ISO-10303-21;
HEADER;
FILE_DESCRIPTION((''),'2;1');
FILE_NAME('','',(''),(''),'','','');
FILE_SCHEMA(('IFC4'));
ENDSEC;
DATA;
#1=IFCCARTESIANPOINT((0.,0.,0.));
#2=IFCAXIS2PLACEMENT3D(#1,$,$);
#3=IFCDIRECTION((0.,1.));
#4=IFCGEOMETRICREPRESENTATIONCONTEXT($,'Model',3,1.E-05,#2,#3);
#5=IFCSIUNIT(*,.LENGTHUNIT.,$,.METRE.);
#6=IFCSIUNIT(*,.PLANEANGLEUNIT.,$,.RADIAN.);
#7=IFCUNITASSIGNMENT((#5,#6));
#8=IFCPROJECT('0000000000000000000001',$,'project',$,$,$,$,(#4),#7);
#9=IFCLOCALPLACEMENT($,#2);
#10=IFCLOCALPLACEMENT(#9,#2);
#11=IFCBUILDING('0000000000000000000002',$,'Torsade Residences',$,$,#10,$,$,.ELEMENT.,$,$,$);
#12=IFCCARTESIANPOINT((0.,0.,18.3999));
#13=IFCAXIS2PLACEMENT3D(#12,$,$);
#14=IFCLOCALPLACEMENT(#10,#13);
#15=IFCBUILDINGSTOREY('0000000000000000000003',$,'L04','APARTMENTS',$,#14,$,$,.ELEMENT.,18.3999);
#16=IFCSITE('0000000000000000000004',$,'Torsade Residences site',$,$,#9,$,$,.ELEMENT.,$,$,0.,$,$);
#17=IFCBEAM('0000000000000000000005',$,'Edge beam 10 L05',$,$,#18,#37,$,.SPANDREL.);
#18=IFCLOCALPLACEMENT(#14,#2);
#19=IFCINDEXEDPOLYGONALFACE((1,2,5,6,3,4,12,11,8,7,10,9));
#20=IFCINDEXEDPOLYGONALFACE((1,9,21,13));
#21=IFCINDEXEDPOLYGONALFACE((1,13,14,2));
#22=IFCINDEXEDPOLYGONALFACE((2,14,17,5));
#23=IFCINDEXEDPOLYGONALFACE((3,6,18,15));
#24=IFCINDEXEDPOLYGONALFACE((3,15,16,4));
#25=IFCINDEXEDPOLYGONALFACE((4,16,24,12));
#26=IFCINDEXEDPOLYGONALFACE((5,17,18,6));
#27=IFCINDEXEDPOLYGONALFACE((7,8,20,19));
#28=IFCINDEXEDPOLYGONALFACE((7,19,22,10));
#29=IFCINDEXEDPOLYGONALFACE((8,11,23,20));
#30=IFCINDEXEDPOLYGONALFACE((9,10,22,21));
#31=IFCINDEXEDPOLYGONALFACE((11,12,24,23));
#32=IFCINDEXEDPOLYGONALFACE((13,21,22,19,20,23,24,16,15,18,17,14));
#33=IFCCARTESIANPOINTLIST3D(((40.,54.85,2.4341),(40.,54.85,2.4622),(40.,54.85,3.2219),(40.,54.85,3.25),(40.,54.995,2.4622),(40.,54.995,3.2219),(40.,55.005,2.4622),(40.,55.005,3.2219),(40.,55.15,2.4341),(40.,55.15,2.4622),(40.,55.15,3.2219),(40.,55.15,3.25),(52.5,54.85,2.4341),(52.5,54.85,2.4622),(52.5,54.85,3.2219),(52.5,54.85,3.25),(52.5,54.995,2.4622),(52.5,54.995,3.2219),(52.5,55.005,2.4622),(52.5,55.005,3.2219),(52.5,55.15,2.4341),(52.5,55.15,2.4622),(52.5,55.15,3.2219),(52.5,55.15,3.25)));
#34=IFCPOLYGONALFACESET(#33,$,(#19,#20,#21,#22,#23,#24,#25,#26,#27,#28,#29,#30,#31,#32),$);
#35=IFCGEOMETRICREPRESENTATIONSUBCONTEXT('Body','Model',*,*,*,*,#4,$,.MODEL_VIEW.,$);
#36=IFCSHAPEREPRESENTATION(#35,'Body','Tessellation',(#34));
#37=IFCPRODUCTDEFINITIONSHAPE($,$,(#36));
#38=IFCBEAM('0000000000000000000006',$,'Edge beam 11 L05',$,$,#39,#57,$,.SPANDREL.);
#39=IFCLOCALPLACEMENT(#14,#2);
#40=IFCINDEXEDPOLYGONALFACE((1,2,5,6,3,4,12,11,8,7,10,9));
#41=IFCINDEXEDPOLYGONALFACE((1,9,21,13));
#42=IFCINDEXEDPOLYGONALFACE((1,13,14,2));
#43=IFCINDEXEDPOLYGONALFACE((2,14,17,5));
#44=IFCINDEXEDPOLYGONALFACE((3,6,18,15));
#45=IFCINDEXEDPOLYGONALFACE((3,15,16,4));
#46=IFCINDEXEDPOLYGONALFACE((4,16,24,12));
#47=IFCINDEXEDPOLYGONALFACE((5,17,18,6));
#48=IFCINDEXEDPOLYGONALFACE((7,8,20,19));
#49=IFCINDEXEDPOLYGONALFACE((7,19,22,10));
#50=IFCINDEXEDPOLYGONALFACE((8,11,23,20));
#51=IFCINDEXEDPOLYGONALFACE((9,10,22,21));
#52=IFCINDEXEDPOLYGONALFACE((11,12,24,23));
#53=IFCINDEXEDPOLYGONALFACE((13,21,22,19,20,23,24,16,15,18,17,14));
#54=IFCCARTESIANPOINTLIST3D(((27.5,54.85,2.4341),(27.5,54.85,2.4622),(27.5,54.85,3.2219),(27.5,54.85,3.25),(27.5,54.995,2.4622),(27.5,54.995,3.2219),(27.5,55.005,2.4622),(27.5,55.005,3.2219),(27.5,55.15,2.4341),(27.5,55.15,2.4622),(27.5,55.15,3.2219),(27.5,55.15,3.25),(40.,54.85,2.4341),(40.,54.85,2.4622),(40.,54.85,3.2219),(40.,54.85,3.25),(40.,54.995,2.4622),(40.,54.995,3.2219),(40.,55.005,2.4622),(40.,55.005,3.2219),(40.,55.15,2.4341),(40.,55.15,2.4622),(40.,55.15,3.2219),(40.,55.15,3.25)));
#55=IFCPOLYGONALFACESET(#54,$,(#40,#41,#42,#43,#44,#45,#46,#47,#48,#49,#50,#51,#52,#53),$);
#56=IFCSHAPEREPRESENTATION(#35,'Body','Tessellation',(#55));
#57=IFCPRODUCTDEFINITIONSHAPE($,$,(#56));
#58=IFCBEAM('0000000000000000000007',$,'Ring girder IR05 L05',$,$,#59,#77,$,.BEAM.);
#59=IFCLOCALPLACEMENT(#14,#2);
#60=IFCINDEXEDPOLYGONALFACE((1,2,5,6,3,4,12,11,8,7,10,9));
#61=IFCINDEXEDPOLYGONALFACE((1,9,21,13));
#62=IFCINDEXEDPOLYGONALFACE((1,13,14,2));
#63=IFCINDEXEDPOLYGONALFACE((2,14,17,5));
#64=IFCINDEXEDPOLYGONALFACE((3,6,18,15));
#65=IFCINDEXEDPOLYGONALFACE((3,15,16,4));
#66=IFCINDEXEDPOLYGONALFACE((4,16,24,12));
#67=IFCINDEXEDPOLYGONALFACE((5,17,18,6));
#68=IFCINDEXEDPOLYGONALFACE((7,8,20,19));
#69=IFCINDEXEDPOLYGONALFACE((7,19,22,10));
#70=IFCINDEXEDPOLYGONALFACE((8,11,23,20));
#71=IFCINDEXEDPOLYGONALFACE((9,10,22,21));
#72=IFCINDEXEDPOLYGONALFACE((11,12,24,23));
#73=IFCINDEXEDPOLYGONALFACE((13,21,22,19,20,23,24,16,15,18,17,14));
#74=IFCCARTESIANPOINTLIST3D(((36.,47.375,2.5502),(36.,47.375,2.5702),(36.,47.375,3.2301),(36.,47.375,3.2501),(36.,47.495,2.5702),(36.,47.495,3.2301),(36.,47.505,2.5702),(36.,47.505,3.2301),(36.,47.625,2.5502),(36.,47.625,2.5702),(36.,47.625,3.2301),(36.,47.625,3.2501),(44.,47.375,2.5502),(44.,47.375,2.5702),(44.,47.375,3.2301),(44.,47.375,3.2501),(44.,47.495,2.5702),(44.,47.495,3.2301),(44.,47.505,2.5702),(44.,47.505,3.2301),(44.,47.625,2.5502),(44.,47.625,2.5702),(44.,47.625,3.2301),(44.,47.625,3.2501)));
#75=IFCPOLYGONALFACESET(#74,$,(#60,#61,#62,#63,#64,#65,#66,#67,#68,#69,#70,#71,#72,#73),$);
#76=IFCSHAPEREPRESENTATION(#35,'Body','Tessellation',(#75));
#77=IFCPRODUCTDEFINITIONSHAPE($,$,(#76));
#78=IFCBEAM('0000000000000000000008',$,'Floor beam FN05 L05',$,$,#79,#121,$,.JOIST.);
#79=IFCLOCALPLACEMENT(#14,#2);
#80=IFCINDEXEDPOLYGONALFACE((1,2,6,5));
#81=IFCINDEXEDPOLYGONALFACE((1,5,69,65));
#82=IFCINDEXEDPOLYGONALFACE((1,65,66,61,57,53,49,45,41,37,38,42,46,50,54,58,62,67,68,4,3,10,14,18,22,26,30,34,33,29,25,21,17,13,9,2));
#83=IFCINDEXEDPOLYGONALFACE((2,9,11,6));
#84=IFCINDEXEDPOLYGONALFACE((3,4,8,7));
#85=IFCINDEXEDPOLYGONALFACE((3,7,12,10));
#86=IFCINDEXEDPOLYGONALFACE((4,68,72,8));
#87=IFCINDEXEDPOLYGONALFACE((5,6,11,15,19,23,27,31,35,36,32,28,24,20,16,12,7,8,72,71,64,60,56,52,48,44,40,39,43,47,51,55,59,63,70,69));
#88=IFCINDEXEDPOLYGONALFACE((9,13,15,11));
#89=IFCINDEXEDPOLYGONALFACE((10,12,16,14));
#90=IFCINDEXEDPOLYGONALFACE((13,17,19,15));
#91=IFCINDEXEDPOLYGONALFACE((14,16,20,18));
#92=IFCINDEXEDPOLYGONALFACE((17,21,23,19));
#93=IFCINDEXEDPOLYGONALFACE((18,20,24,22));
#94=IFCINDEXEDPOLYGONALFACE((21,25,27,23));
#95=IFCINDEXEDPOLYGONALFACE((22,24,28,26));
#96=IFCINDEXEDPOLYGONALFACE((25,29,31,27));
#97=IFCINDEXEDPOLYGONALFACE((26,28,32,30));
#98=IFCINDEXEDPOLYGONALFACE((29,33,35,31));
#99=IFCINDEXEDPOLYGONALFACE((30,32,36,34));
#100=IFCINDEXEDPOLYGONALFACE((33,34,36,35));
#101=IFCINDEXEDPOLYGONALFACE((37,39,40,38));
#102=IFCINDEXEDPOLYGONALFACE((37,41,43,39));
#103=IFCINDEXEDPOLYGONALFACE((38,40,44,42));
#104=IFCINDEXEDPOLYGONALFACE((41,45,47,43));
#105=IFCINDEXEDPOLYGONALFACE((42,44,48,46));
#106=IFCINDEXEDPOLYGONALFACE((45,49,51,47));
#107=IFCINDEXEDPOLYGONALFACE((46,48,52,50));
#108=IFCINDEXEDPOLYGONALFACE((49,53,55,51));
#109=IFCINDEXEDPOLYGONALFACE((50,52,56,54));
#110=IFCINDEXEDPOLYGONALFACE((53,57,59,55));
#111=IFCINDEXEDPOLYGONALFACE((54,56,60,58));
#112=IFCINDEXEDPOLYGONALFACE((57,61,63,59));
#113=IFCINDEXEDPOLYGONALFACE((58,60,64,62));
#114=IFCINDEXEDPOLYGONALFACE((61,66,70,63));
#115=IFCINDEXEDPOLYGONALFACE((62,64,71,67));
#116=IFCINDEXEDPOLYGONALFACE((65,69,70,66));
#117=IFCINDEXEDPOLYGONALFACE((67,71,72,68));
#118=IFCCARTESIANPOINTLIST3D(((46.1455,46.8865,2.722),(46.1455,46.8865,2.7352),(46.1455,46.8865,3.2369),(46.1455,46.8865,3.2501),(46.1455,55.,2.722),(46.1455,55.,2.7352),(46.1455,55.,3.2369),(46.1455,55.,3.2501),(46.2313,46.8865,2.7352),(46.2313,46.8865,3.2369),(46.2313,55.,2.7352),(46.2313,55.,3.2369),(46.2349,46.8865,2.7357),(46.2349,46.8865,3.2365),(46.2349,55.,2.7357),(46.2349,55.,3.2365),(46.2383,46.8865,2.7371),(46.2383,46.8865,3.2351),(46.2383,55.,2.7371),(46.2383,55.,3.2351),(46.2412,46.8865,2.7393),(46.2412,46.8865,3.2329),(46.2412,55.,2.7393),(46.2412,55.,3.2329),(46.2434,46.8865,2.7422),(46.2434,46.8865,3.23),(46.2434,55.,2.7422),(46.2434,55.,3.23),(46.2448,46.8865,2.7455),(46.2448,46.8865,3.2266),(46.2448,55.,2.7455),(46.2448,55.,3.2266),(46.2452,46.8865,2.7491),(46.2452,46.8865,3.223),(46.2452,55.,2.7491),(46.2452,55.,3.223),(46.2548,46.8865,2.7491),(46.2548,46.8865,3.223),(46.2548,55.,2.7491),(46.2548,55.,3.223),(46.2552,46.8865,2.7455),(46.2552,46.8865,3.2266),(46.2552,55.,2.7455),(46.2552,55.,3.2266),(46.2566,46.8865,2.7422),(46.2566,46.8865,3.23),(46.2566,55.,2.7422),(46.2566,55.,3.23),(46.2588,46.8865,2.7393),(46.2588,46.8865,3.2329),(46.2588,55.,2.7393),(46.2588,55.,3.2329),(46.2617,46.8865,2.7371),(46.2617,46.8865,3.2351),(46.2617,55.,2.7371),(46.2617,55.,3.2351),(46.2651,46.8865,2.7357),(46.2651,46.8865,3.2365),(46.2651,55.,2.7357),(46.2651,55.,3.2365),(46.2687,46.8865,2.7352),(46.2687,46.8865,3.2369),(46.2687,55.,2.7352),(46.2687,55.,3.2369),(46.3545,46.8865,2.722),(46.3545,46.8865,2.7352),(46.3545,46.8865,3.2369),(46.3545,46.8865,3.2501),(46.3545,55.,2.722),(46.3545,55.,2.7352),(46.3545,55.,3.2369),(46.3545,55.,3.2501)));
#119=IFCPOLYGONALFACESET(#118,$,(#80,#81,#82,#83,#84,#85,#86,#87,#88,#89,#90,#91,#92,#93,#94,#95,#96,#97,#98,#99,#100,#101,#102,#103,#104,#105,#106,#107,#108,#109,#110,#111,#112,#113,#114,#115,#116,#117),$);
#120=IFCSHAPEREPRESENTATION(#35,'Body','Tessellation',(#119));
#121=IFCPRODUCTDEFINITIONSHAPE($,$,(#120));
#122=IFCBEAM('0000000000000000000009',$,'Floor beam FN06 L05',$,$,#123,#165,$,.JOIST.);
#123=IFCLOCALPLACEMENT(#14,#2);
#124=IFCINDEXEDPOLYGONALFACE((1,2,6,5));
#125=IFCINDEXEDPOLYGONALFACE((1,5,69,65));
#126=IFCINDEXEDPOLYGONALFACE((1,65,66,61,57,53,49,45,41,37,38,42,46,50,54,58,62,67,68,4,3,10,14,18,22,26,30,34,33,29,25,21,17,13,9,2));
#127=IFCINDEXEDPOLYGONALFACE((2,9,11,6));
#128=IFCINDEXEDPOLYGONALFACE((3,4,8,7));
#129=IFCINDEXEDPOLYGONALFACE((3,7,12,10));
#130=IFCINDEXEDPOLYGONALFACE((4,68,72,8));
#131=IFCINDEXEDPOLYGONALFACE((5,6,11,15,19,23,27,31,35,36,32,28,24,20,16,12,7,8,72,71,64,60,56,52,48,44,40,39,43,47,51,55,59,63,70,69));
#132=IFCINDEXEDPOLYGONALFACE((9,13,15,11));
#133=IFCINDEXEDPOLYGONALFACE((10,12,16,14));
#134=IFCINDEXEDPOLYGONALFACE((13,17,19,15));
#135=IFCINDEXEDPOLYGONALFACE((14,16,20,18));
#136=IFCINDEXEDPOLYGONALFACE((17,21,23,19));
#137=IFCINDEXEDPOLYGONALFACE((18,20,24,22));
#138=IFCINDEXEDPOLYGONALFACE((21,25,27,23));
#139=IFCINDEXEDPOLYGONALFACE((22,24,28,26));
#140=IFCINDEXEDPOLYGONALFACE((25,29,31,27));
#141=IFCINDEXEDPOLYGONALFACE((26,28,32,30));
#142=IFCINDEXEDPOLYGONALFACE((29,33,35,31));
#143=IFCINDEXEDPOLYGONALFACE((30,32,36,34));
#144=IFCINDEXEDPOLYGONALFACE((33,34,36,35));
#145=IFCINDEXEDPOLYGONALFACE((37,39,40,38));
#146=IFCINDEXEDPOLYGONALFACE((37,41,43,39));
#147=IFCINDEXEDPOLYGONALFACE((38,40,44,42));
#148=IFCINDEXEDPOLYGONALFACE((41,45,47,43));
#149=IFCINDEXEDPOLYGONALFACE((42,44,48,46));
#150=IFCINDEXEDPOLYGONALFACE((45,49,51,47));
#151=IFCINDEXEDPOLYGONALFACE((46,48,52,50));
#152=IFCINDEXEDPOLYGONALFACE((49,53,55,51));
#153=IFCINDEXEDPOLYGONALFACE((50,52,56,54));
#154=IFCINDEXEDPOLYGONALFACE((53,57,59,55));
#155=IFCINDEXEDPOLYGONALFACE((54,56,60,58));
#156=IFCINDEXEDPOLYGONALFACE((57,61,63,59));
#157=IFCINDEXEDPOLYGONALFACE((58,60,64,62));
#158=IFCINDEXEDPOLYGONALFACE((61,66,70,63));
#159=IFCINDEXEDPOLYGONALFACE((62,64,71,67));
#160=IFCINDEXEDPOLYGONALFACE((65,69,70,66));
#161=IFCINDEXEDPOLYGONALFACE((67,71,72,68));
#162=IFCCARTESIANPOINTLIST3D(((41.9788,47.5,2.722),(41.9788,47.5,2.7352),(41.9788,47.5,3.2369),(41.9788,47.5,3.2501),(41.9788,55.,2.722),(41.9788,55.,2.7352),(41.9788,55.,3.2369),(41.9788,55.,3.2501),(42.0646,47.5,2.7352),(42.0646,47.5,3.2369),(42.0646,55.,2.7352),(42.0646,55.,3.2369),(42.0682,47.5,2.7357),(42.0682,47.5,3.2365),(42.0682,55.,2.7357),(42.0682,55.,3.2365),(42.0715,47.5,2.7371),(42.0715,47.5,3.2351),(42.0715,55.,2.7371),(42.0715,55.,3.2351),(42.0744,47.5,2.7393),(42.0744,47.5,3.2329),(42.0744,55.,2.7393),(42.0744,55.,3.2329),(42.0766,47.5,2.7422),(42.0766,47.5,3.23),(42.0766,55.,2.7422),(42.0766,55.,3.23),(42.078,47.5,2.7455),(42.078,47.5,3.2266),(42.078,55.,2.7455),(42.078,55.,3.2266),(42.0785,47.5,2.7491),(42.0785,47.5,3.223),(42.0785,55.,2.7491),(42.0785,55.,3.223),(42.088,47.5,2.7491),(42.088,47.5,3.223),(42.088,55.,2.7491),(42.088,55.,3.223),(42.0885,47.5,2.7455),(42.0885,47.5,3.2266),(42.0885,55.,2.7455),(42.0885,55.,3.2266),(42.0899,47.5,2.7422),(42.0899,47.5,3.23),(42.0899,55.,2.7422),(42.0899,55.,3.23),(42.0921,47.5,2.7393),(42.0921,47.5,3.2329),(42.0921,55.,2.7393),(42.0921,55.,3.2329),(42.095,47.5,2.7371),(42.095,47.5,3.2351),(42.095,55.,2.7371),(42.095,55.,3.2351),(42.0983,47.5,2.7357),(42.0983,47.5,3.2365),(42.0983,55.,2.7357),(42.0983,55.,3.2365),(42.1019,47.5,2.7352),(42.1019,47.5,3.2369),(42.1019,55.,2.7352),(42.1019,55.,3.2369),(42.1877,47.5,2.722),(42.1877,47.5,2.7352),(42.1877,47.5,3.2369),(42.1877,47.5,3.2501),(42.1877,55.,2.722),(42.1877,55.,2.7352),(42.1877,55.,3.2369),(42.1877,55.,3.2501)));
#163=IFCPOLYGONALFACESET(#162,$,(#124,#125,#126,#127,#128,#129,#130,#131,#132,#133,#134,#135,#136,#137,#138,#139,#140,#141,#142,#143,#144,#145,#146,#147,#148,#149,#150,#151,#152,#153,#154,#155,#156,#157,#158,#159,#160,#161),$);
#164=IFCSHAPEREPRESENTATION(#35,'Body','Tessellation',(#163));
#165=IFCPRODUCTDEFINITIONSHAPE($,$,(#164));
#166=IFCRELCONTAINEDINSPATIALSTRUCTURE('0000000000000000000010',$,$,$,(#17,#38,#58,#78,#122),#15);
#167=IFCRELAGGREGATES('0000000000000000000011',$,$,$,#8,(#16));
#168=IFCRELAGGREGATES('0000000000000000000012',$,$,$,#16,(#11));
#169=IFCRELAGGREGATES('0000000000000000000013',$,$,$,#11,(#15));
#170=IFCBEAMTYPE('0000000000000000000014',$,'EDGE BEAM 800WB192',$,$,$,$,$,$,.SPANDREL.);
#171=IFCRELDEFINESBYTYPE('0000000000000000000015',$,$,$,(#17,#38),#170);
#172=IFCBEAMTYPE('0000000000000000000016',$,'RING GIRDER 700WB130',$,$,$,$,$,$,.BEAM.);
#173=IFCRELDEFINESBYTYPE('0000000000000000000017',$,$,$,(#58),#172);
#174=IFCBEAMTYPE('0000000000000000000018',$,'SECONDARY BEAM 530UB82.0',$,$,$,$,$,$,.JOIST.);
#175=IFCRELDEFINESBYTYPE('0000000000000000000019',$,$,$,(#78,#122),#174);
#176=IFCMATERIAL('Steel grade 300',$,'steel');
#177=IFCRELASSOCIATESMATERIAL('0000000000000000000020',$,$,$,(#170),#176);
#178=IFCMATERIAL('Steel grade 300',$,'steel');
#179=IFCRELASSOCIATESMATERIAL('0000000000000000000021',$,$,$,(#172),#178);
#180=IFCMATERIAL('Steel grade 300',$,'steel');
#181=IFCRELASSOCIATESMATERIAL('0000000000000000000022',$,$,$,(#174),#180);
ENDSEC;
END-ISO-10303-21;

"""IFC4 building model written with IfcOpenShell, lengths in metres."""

from ifc_helpers import new_model, si_unit, direction, frame, origin, origin_2d, place, context, subcontext, project, spatial, i_section, extrude, material, material_profile, profile_set, type_object, element, save


model = new_model("IFC4")

# Units and contexts
model_context = context("Model", 3, precision=1e-05, world=origin(), true_north=direction((0.0, 1.0)))
body_context = subcontext(model_context, "Body", "Model", "MODEL_VIEW")
ifc_project = project(units=[si_unit("LENGTHUNIT", "METRE"), si_unit("PLANEANGLEUNIT", "RADIAN")], contexts=[model_context])

# Site, building, storey
site_placement = place(None, origin())
site = spatial("IfcSite", under=ifc_project, at=site_placement, Name="Torsade Residences site", CompositionType="ELEMENT", RefElevation=0.0)
building_placement = place(site_placement, origin())
building = spatial("IfcBuilding", under=site, at=building_placement, Name="Torsade Residences", CompositionType="ELEMENT")
storey_placement = place(building_placement, frame((0.0, 0.0, 18.3999)))
storey = spatial("IfcBuildingStorey", under=building, at=storey_placement, Name="L04", Description="APARTMENTS", CompositionType="ELEMENT", Elevation=18.3999)

# Beams
ifc_material_1 = material(Name="Steel grade 300", Category="steel")
ifc_material_profile_1 = material_profile(ifc_material_1, i_section(OverallWidth=0.3, OverallDepth=0.8159, WebThickness=0.01, FlangeThickness=0.0281, at=origin_2d()), Name="800WB192")
ifc_profile_set_1 = profile_set([ifc_material_profile_1], Name="Steel grade 300")
beam_type_1 = type_object("IfcBeamType", Name="EDGE BEAM 800WB192", PredefinedType="SPANDREL", material=ifc_profile_set_1)
for number, where, z_axis, x_axis, name in (
    (1, (52.5, 55.0, 2.842), (-1.0, 0.0, 0.0), (0.0, -1.0, 0.0), "Edge beam 10 L05"),
    (2, (40.0, 55.0, 2.842), (-1.0, 0.0, 0.0), (0.0, -1.0, 0.0), "Edge beam 11 L05"),
):
    element("IfcBeam", number, at=place(storey_placement, frame(where, z_axis=z_axis, x_axis=x_axis)), inside=storey, type_object=beam_type_1, Name=name, PredefinedType="SPANDREL", context=body_context, shape_type="SweptSolid", body=[
        extrude(i_section(OverallWidth=0.3, OverallDepth=0.8159, WebThickness=0.01, FlangeThickness=0.0281, at=origin_2d()), origin(), (0.0, 0.0, 1.0), 12.5),
    ])
ifc_material_2 = material(Name="Steel grade 300", Category="steel")
ifc_material_profile_2 = material_profile(ifc_material_2, i_section(OverallWidth=0.25, OverallDepth=0.7, WebThickness=0.01, FlangeThickness=0.02, at=origin_2d()), Name="700WB130")
ifc_profile_set_2 = profile_set([ifc_material_profile_2], Name="Steel grade 300")
beam_type_2 = type_object("IfcBeamType", Name="RING GIRDER 700WB130", PredefinedType="BEAM", material=ifc_profile_set_2)
beam_1_placement = place(storey_placement, frame((44.0, 47.5, 2.9001), z_axis=(-1.0, 0.0, 0.0), x_axis=(0.0, -1.0, 0.0)))
element("IfcBeam", 3, at=beam_1_placement, inside=storey, type_object=beam_type_2, Name="Ring girder IR05 L05", PredefinedType="BEAM", context=body_context, shape_type="SweptSolid", body=[
    extrude(i_section(OverallWidth=0.25, OverallDepth=0.7, WebThickness=0.01, FlangeThickness=0.02, at=origin_2d()), origin(), (0.0, 0.0, 1.0), 8.0),
])
ifc_material_3 = material(Name="Steel grade 300", Category="steel")
ifc_material_profile_3 = material_profile(ifc_material_3, i_section(OverallWidth=0.209, OverallDepth=0.5281, WebThickness=0.0095, FlangeThickness=0.0132, FilletRadius=0.0139, at=origin_2d()), Name="530UB82.0")
ifc_profile_set_3 = profile_set([ifc_material_profile_3], Name="Steel grade 300")
beam_type_3 = type_object("IfcBeamType", Name="SECONDARY BEAM 530UB82.0", PredefinedType="JOIST", material=ifc_profile_set_3)
beam_2_placement = place(storey_placement, frame((46.25, 55.0, 2.9861), z_axis=(0.0, -1.0, 0.0), x_axis=(1.0, 0.0, 0.0)))
element("IfcBeam", 4, at=beam_2_placement, inside=storey, type_object=beam_type_3, Name="Floor beam FN05 L05", PredefinedType="JOIST", context=body_context, shape_type="SweptSolid", body=[
    extrude(i_section(OverallWidth=0.209, OverallDepth=0.5281, WebThickness=0.0095, FlangeThickness=0.0132, FilletRadius=0.0139, at=origin_2d()), origin(), (0.0, 0.0, 1.0), 8.1135),
])
beam_3_placement = place(storey_placement, frame((42.0833, 55.0, 2.9861), z_axis=(0.0, -1.0, 0.0), x_axis=(1.0, 0.0, 0.0)))
element("IfcBeam", 5, at=beam_3_placement, inside=storey, type_object=beam_type_3, Name="Floor beam FN06 L05", PredefinedType="JOIST", context=body_context, shape_type="SweptSolid", body=[
    extrude(i_section(OverallWidth=0.209, OverallDepth=0.5281, WebThickness=0.0095, FlangeThickness=0.0132, FilletRadius=0.0139, at=origin_2d()), origin(), (0.0, 0.0, 1.0), 7.5),
])

save(model, "model.ifc")
